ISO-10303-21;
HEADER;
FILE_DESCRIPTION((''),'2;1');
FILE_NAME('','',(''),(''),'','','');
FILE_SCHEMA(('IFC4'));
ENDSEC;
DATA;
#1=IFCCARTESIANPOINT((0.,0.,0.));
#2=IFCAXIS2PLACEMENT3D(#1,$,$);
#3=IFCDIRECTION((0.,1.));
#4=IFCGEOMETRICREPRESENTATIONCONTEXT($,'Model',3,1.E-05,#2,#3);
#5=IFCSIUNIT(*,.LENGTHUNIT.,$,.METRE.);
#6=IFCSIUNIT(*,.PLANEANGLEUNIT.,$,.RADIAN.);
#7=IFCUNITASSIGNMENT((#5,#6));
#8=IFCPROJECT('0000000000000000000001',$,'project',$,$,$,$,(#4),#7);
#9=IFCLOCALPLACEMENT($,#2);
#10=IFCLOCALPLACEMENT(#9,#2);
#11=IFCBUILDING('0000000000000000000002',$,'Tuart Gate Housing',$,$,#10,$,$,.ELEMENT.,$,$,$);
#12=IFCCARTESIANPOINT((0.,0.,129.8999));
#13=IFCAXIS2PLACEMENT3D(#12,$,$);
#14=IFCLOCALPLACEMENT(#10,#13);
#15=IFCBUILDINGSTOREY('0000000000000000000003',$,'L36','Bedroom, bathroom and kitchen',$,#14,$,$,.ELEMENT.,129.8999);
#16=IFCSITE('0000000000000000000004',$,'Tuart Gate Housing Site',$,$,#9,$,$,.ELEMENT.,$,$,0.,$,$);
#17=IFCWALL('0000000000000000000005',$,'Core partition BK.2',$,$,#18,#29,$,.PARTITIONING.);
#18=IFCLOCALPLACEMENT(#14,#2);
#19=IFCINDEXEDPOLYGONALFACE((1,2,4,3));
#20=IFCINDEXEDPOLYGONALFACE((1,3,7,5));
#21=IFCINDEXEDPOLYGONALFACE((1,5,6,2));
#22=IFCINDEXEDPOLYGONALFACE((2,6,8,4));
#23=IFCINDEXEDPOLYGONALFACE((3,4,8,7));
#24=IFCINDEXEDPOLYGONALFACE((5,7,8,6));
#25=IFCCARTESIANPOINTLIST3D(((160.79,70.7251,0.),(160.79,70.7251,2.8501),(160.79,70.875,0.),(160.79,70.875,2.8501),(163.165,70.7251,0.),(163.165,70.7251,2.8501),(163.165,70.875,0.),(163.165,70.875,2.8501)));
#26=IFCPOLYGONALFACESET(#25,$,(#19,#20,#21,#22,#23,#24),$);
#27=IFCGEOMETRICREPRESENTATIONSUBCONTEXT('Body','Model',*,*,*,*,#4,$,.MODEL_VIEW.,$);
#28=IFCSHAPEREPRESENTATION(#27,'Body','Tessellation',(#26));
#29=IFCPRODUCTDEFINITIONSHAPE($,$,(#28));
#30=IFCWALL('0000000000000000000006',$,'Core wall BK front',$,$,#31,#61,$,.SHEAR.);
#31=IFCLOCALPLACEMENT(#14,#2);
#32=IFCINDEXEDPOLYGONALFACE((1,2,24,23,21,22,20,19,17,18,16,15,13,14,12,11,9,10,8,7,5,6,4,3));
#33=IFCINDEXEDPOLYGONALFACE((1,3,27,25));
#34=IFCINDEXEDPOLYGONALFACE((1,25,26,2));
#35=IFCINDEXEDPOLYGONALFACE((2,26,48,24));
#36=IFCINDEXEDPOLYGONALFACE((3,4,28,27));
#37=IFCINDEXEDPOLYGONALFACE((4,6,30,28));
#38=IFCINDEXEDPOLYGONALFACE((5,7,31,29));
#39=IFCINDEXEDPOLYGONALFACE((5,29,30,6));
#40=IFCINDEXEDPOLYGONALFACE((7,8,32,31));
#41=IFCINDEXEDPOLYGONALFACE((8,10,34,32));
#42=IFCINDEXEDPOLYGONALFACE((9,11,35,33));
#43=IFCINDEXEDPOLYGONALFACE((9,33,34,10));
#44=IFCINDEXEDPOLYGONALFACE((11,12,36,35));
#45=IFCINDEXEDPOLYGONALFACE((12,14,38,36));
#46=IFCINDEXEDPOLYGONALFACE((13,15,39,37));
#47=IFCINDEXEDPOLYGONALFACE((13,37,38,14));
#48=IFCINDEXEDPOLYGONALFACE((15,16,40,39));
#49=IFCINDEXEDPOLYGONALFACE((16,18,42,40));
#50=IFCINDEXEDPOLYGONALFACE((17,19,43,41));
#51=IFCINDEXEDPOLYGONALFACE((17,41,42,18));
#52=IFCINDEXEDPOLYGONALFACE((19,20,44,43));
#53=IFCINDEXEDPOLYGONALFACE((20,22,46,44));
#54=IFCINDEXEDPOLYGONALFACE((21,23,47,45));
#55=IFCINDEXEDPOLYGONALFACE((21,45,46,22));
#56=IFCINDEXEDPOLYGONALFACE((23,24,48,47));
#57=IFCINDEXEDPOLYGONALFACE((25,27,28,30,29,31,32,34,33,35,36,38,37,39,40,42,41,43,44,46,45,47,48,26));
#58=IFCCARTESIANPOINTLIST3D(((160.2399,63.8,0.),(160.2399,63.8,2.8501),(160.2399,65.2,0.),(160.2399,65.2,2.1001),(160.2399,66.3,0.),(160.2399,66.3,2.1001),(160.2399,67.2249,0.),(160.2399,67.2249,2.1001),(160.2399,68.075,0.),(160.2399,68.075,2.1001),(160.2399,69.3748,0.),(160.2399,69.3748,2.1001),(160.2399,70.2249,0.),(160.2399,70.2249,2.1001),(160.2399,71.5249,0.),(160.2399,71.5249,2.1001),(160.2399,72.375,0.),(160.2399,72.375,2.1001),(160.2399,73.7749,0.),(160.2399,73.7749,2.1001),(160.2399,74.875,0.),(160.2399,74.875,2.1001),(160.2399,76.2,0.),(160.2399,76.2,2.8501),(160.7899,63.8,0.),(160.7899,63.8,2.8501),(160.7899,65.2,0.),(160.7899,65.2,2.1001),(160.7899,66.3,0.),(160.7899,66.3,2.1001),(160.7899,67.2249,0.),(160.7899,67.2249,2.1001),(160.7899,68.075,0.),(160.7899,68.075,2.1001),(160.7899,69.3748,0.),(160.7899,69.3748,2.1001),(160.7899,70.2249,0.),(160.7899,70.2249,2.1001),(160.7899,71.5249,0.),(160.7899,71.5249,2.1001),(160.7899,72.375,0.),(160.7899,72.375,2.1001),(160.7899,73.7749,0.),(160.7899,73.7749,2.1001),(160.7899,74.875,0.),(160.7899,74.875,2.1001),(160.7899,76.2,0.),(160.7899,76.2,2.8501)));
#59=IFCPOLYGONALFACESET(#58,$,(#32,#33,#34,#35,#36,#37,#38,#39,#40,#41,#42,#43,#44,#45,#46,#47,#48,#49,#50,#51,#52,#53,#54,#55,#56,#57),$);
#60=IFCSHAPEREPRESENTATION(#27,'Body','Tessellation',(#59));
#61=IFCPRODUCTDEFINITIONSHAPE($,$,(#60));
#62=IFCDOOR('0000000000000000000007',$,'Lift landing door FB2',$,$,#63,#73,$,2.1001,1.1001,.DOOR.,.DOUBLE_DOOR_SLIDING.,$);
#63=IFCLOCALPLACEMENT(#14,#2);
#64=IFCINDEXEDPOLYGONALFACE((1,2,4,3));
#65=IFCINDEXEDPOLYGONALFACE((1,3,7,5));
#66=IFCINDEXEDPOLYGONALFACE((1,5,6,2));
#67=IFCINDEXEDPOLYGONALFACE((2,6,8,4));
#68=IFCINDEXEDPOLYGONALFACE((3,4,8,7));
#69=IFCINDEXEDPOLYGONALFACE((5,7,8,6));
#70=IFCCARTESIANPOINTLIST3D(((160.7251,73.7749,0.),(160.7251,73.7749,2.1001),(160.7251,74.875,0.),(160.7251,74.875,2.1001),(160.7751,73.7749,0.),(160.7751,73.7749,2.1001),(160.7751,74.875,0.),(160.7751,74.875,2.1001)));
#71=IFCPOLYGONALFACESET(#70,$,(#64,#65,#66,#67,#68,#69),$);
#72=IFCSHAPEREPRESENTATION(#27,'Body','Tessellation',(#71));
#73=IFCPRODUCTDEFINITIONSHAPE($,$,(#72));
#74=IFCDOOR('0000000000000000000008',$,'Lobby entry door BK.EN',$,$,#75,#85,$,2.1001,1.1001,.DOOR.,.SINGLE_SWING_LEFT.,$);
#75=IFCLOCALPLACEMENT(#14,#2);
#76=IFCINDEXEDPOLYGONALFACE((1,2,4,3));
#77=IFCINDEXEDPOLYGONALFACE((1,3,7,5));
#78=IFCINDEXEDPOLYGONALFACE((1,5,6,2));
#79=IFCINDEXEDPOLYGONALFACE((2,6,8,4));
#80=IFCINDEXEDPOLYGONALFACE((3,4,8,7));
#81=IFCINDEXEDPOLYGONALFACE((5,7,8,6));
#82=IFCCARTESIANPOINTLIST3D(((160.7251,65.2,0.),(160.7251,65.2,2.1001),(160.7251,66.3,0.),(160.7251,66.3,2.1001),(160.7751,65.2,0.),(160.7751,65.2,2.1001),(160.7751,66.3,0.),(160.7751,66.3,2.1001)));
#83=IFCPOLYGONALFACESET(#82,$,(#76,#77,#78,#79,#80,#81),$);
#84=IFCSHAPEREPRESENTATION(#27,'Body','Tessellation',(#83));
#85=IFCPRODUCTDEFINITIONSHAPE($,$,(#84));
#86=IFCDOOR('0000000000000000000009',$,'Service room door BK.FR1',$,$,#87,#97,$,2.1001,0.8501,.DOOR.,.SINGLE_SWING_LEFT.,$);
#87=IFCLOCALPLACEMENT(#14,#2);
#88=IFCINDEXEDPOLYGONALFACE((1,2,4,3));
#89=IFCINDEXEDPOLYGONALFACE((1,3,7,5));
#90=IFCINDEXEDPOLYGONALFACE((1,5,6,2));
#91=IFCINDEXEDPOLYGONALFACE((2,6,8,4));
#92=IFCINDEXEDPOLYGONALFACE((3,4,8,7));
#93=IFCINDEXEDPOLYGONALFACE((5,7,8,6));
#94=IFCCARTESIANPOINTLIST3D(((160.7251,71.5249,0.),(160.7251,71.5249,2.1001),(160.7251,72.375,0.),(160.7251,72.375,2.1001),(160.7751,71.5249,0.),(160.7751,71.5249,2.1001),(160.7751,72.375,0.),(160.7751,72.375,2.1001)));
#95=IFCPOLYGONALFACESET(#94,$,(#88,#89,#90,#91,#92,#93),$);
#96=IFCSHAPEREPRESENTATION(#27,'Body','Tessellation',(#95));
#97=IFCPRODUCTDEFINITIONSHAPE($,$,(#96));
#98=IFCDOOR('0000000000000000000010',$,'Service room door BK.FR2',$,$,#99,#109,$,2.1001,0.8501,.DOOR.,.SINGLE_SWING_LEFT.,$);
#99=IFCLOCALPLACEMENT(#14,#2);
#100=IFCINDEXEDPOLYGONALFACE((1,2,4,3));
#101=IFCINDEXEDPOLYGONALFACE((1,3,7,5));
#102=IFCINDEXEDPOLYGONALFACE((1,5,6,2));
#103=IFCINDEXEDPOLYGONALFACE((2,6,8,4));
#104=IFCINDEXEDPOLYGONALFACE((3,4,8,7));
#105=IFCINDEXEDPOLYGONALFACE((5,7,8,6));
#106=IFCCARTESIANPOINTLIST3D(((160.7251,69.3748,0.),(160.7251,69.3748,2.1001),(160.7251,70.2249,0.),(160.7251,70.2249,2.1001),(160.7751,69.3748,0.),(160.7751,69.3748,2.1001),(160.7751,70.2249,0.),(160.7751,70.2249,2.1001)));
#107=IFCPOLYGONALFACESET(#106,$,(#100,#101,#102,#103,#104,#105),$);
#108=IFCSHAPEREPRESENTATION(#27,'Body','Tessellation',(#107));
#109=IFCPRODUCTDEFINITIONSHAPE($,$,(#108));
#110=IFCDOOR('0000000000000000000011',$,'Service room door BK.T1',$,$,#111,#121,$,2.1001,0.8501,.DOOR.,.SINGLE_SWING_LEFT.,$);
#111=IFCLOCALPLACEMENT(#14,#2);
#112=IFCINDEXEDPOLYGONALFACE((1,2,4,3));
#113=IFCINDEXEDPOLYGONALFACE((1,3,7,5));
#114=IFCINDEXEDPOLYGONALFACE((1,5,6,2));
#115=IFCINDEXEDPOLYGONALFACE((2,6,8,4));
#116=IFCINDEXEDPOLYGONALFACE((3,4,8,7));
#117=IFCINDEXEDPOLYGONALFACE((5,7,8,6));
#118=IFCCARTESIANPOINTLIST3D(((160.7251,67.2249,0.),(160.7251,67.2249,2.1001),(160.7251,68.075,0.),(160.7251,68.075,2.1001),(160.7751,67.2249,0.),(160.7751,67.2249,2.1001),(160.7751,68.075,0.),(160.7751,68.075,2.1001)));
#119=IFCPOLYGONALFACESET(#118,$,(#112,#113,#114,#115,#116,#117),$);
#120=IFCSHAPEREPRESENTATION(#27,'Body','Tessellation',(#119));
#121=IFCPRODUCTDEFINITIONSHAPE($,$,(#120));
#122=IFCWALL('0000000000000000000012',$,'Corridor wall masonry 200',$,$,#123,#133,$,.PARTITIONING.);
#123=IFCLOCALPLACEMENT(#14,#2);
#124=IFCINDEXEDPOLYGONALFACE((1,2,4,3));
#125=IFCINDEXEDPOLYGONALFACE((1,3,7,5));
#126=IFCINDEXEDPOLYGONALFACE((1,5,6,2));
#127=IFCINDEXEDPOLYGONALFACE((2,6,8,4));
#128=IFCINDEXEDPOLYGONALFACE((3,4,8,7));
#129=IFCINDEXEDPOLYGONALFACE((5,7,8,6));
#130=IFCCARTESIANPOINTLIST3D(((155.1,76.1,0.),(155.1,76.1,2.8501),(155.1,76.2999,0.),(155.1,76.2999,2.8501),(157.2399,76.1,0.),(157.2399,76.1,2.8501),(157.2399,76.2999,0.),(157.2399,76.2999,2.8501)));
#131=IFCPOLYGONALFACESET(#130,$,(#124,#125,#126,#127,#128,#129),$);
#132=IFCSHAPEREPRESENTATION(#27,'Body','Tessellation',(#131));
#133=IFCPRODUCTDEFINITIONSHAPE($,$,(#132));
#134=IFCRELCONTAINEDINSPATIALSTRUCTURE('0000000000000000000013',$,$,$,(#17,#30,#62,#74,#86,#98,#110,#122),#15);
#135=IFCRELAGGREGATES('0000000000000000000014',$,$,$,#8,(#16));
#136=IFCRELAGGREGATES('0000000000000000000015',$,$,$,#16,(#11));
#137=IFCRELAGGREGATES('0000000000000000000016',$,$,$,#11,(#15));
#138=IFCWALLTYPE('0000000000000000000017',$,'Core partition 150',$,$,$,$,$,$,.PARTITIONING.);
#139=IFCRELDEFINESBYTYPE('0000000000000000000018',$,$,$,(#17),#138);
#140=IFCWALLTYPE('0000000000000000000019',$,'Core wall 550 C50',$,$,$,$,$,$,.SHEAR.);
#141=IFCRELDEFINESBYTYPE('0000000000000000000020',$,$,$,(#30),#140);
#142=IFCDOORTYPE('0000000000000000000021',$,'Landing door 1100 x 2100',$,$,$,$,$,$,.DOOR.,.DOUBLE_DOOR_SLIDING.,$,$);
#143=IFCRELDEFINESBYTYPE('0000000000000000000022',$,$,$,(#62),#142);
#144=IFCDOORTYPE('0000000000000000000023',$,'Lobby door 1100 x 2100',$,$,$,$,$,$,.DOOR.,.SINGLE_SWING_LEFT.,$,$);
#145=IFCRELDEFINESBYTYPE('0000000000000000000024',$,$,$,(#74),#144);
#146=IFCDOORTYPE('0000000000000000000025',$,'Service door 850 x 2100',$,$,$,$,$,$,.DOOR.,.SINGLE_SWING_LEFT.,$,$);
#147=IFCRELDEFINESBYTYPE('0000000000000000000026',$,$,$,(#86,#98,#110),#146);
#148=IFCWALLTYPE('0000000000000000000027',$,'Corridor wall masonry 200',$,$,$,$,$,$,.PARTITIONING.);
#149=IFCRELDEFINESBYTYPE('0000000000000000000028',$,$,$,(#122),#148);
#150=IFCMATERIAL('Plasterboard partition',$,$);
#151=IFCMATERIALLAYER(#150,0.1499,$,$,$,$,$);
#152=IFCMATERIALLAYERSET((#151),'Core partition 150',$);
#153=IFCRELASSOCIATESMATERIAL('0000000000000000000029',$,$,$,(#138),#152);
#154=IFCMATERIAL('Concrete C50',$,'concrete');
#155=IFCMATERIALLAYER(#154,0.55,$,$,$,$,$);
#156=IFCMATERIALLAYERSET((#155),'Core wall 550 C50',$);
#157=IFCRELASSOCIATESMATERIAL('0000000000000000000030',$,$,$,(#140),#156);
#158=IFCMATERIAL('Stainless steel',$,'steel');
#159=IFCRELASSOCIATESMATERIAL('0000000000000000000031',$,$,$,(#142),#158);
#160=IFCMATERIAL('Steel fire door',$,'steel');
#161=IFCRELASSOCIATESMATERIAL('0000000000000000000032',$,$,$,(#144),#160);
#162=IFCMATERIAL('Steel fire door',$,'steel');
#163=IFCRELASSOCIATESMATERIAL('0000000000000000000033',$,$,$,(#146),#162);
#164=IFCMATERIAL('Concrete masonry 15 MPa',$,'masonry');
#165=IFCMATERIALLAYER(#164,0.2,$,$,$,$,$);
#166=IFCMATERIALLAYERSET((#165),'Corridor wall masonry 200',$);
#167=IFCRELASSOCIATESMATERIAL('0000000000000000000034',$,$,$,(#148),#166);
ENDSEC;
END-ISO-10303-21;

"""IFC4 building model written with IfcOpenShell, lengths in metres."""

from ifc_helpers import new_model, si_unit, direction, frame, frame_2d, origin, place, context, subcontext, project, spatial, rectangle, extrude, material, layer, layer_set, type_object, element, fill, save


model = new_model("IFC4")

# Units and contexts
model_context = context("Model", 3, precision=1e-05, world=origin(), true_north=direction((0.0, 1.0)))
body_context = subcontext(model_context, "Body", "Model", "MODEL_VIEW")
ifc_project = project(units=[si_unit("LENGTHUNIT", "METRE"), si_unit("PLANEANGLEUNIT", "RADIAN")], contexts=[model_context])

# Site, building, storey
site_placement = place(None, origin())
site = spatial("IfcSite", under=ifc_project, at=site_placement, Name="Tuart Gate Housing Site", CompositionType="ELEMENT", RefElevation=0.0)
building_placement = place(site_placement, origin())
building = spatial("IfcBuilding", under=site, at=building_placement, Name="Tuart Gate Housing", CompositionType="ELEMENT")
storey_placement = place(building_placement, frame((0.0, 0.0, 129.8999)))
storey = spatial("IfcBuildingStorey", under=building, at=storey_placement, Name="L36", Description="Bedroom, bathroom and kitchen", CompositionType="ELEMENT", Elevation=129.8999)

# Wall
ifc_material_1 = material(Name="Plasterboard partition")
ifc_layer_1 = layer(ifc_material_1, 0.1499)
ifc_layer_set_1 = layer_set([ifc_layer_1], Name="Core partition 150")
wall_type_1 = type_object("IfcWallType", Name="Core partition 150", PredefinedType="PARTITIONING", material=ifc_layer_set_1)
wall_1_placement = place(storey_placement, frame((160.79, 70.8, 0.0), z_axis=(0.0, 0.0, 1.0), x_axis=(1.0, 0.0, 0.0)))
element("IfcWall", 1, at=wall_1_placement, inside=storey, type_object=wall_type_1, Name="Core partition BK.2", PredefinedType="PARTITIONING", context=body_context, shape_type="SweptSolid", body=[
    extrude(rectangle(XDim=2.375, YDim=0.1499, at=frame_2d((1.1875, 0.0))), origin(), (0.0, 0.0, 1.0), 2.8501),
])

# Wall, openings, doors
ifc_material_2 = material(Name="Concrete C50", Category="concrete")
ifc_layer_2 = layer(ifc_material_2, 0.55)
ifc_layer_set_2 = layer_set([ifc_layer_2], Name="Core wall 550 C50")
wall_type_2 = type_object("IfcWallType", Name="Core wall 550 C50", PredefinedType="SHEAR", material=ifc_layer_set_2)
wall_2_placement = place(storey_placement, frame((160.5149, 76.2, 0.0), z_axis=(0.0, 0.0, 1.0), x_axis=(0.0, -1.0, 0.0)))
wall_2 = element("IfcWall", 2, at=wall_2_placement, inside=storey, type_object=wall_type_2, Name="Core wall BK front", PredefinedType="SHEAR", context=body_context, shape_type="SweptSolid", body=[
    extrude(rectangle(XDim=12.3999, YDim=0.55, at=frame_2d((6.2, 0.0))), origin(), (0.0, 0.0, 1.0), 2.8501),
])
opening_1_placement = place(wall_2_placement, frame((1.325, 0.0, 0.0)))
opening_1 = element("IfcOpeningElement", 3, at=opening_1_placement, cuts=wall_2, PredefinedType="OPENING", context=body_context, shape_type="SweptSolid", body=[
    extrude(rectangle(XDim=1.1001, YDim=2.1001, at=frame_2d((0.55, 1.05))), frame((0.0, 0.2849, 0.0), z_axis=(0.0, -1.0, 0.0), x_axis=(1.0, 0.0, 0.0)), (0.0, 0.0, 1.0), 0.5701),
])
opening_2_placement = place(wall_2_placement, frame((3.825, 0.0, 0.0)))
opening_2 = element("IfcOpeningElement", 4, at=opening_2_placement, cuts=wall_2, PredefinedType="OPENING", context=body_context, shape_type="SweptSolid", body=[
    extrude(rectangle(XDim=0.8501, YDim=2.1001, at=frame_2d((0.425, 1.05))), frame((0.0, 0.2849, 0.0), z_axis=(0.0, -1.0, 0.0), x_axis=(1.0, 0.0, 0.0)), (0.0, 0.0, 1.0), 0.5701),
])
opening_3_placement = place(wall_2_placement, frame((5.9751, 0.0, 0.0)))
opening_3 = element("IfcOpeningElement", 5, at=opening_3_placement, cuts=wall_2, PredefinedType="OPENING", context=body_context, shape_type="SweptSolid", body=[
    extrude(rectangle(XDim=0.8501, YDim=2.1001, at=frame_2d((0.425, 1.05))), frame((0.0, 0.2849, 0.0), z_axis=(0.0, -1.0, 0.0), x_axis=(1.0, 0.0, 0.0)), (0.0, 0.0, 1.0), 0.5701),
])
opening_4_placement = place(wall_2_placement, frame((9.8999, 0.0, 0.0)))
opening_4 = element("IfcOpeningElement", 6, at=opening_4_placement, cuts=wall_2, PredefinedType="OPENING", context=body_context, shape_type="SweptSolid", body=[
    extrude(rectangle(XDim=1.1001, YDim=2.1001, at=frame_2d((0.55, 1.05))), frame((0.0, 0.2849, 0.0), z_axis=(0.0, -1.0, 0.0), x_axis=(1.0, 0.0, 0.0)), (0.0, 0.0, 1.0), 0.5701),
])
opening_5_placement = place(wall_2_placement, frame((8.125, 0.0, 0.0)))
opening_5 = element("IfcOpeningElement", 7, at=opening_5_placement, cuts=wall_2, PredefinedType="OPENING", context=body_context, shape_type="SweptSolid", body=[
    extrude(rectangle(XDim=0.8501, YDim=2.1001, at=frame_2d((0.425, 1.05))), frame((0.0, 0.2849, 0.0), z_axis=(0.0, -1.0, 0.0), x_axis=(1.0, 0.0, 0.0)), (0.0, 0.0, 1.0), 0.5701),
])
ifc_material_3 = material(Name="Stainless steel", Category="steel")
door_type_1 = type_object("IfcDoorType", Name="Landing door 1100 x 2100", OperationType="DOUBLE_DOOR_SLIDING", PredefinedType="DOOR", material=ifc_material_3)
door_1_placement = place(opening_1_placement, origin())
door_1 = element("IfcDoor", 8, at=door_1_placement, inside=storey, type_object=door_type_1, Name="Lift landing door FB2", OperationType="DOUBLE_DOOR_SLIDING", OverallHeight=2.1001, OverallWidth=1.1001, PredefinedType="DOOR", context=body_context, shape_type="SweptSolid", body=[
    extrude(rectangle(XDim=1.1001, YDim=2.1001, at=frame_2d((0.55, 1.05))), frame((0.0, 0.2603, 0.0), z_axis=(0.0, -1.0, 0.0), x_axis=(1.0, 0.0, 0.0)), (0.0, 0.0, 1.0), 0.05),
])
fill(opening_1, door_1)
ifc_material_4 = material(Name="Steel fire door", Category="steel")
door_type_2 = type_object("IfcDoorType", Name="Lobby door 1100 x 2100", OperationType="SINGLE_SWING_LEFT", PredefinedType="DOOR", material=ifc_material_4)
door_2_placement = place(opening_4_placement, origin())
door_2 = element("IfcDoor", 9, at=door_2_placement, inside=storey, type_object=door_type_2, Name="Lobby entry door BK.EN", OperationType="SINGLE_SWING_LEFT", OverallHeight=2.1001, OverallWidth=1.1001, PredefinedType="DOOR", context=body_context, shape_type="SweptSolid", body=[
    extrude(rectangle(XDim=1.1001, YDim=2.1001, at=frame_2d((0.55, 1.05))), frame((0.0, 0.2603, 0.0), z_axis=(0.0, -1.0, 0.0), x_axis=(1.0, 0.0, 0.0)), (0.0, 0.0, 1.0), 0.05),
])
fill(opening_4, door_2)
ifc_material_5 = material(Name="Steel fire door", Category="steel")
door_type_3 = type_object("IfcDoorType", Name="Service door 850 x 2100", OperationType="SINGLE_SWING_LEFT", PredefinedType="DOOR", material=ifc_material_5)
door_3_placement = place(opening_2_placement, origin())
door_3 = element("IfcDoor", 10, at=door_3_placement, inside=storey, type_object=door_type_3, Name="Service room door BK.FR1", OperationType="SINGLE_SWING_LEFT", OverallHeight=2.1001, OverallWidth=0.8501, PredefinedType="DOOR", context=body_context, shape_type="SweptSolid", body=[
    extrude(rectangle(XDim=0.8501, YDim=2.1001, at=frame_2d((0.425, 1.05))), frame((0.0, 0.2603, 0.0), z_axis=(0.0, -1.0, 0.0), x_axis=(1.0, 0.0, 0.0)), (0.0, 0.0, 1.0), 0.05),
])
fill(opening_2, door_3)
door_4_placement = place(opening_3_placement, origin())
door_4 = element("IfcDoor", 11, at=door_4_placement, inside=storey, type_object=door_type_3, Name="Service room door BK.FR2", OperationType="SINGLE_SWING_LEFT", OverallHeight=2.1001, OverallWidth=0.8501, PredefinedType="DOOR", context=body_context, shape_type="SweptSolid", body=[
    extrude(rectangle(XDim=0.8501, YDim=2.1001, at=frame_2d((0.425, 1.05))), frame((0.0, 0.2603, 0.0), z_axis=(0.0, -1.0, 0.0), x_axis=(1.0, 0.0, 0.0)), (0.0, 0.0, 1.0), 0.05),
])
fill(opening_3, door_4)
door_5_placement = place(opening_5_placement, origin())
door_5 = element("IfcDoor", 12, at=door_5_placement, inside=storey, type_object=door_type_3, Name="Service room door BK.T1", OperationType="SINGLE_SWING_LEFT", OverallHeight=2.1001, OverallWidth=0.8501, PredefinedType="DOOR", context=body_context, shape_type="SweptSolid", body=[
    extrude(rectangle(XDim=0.8501, YDim=2.1001, at=frame_2d((0.425, 1.05))), frame((0.0, 0.2603, 0.0), z_axis=(0.0, -1.0, 0.0), x_axis=(1.0, 0.0, 0.0)), (0.0, 0.0, 1.0), 0.05),
])
fill(opening_5, door_5)

# Wall
ifc_material_6 = material(Name="Concrete masonry 15 MPa", Category="masonry")
ifc_layer_3 = layer(ifc_material_6, 0.2)
ifc_layer_set_3 = layer_set([ifc_layer_3], Name="Corridor wall masonry 200")
wall_type_3 = type_object("IfcWallType", Name="Corridor wall masonry 200", PredefinedType="PARTITIONING", material=ifc_layer_set_3)
wall_3_placement = place(storey_placement, frame((155.1001, 76.2, 0.0), z_axis=(0.0, 0.0, 1.0), x_axis=(1.0, 0.0, 0.0)))
element("IfcWall", 13, at=wall_3_placement, inside=storey, type_object=wall_type_3, Name="Corridor wall masonry 200", PredefinedType="PARTITIONING", context=body_context, shape_type="SweptSolid", body=[
    extrude(rectangle(XDim=2.1399, YDim=0.2, at=frame_2d((1.0698, 0.0))), origin(), (0.0, 0.0, 1.0), 2.8501),
])

save(model, "model.ifc")
